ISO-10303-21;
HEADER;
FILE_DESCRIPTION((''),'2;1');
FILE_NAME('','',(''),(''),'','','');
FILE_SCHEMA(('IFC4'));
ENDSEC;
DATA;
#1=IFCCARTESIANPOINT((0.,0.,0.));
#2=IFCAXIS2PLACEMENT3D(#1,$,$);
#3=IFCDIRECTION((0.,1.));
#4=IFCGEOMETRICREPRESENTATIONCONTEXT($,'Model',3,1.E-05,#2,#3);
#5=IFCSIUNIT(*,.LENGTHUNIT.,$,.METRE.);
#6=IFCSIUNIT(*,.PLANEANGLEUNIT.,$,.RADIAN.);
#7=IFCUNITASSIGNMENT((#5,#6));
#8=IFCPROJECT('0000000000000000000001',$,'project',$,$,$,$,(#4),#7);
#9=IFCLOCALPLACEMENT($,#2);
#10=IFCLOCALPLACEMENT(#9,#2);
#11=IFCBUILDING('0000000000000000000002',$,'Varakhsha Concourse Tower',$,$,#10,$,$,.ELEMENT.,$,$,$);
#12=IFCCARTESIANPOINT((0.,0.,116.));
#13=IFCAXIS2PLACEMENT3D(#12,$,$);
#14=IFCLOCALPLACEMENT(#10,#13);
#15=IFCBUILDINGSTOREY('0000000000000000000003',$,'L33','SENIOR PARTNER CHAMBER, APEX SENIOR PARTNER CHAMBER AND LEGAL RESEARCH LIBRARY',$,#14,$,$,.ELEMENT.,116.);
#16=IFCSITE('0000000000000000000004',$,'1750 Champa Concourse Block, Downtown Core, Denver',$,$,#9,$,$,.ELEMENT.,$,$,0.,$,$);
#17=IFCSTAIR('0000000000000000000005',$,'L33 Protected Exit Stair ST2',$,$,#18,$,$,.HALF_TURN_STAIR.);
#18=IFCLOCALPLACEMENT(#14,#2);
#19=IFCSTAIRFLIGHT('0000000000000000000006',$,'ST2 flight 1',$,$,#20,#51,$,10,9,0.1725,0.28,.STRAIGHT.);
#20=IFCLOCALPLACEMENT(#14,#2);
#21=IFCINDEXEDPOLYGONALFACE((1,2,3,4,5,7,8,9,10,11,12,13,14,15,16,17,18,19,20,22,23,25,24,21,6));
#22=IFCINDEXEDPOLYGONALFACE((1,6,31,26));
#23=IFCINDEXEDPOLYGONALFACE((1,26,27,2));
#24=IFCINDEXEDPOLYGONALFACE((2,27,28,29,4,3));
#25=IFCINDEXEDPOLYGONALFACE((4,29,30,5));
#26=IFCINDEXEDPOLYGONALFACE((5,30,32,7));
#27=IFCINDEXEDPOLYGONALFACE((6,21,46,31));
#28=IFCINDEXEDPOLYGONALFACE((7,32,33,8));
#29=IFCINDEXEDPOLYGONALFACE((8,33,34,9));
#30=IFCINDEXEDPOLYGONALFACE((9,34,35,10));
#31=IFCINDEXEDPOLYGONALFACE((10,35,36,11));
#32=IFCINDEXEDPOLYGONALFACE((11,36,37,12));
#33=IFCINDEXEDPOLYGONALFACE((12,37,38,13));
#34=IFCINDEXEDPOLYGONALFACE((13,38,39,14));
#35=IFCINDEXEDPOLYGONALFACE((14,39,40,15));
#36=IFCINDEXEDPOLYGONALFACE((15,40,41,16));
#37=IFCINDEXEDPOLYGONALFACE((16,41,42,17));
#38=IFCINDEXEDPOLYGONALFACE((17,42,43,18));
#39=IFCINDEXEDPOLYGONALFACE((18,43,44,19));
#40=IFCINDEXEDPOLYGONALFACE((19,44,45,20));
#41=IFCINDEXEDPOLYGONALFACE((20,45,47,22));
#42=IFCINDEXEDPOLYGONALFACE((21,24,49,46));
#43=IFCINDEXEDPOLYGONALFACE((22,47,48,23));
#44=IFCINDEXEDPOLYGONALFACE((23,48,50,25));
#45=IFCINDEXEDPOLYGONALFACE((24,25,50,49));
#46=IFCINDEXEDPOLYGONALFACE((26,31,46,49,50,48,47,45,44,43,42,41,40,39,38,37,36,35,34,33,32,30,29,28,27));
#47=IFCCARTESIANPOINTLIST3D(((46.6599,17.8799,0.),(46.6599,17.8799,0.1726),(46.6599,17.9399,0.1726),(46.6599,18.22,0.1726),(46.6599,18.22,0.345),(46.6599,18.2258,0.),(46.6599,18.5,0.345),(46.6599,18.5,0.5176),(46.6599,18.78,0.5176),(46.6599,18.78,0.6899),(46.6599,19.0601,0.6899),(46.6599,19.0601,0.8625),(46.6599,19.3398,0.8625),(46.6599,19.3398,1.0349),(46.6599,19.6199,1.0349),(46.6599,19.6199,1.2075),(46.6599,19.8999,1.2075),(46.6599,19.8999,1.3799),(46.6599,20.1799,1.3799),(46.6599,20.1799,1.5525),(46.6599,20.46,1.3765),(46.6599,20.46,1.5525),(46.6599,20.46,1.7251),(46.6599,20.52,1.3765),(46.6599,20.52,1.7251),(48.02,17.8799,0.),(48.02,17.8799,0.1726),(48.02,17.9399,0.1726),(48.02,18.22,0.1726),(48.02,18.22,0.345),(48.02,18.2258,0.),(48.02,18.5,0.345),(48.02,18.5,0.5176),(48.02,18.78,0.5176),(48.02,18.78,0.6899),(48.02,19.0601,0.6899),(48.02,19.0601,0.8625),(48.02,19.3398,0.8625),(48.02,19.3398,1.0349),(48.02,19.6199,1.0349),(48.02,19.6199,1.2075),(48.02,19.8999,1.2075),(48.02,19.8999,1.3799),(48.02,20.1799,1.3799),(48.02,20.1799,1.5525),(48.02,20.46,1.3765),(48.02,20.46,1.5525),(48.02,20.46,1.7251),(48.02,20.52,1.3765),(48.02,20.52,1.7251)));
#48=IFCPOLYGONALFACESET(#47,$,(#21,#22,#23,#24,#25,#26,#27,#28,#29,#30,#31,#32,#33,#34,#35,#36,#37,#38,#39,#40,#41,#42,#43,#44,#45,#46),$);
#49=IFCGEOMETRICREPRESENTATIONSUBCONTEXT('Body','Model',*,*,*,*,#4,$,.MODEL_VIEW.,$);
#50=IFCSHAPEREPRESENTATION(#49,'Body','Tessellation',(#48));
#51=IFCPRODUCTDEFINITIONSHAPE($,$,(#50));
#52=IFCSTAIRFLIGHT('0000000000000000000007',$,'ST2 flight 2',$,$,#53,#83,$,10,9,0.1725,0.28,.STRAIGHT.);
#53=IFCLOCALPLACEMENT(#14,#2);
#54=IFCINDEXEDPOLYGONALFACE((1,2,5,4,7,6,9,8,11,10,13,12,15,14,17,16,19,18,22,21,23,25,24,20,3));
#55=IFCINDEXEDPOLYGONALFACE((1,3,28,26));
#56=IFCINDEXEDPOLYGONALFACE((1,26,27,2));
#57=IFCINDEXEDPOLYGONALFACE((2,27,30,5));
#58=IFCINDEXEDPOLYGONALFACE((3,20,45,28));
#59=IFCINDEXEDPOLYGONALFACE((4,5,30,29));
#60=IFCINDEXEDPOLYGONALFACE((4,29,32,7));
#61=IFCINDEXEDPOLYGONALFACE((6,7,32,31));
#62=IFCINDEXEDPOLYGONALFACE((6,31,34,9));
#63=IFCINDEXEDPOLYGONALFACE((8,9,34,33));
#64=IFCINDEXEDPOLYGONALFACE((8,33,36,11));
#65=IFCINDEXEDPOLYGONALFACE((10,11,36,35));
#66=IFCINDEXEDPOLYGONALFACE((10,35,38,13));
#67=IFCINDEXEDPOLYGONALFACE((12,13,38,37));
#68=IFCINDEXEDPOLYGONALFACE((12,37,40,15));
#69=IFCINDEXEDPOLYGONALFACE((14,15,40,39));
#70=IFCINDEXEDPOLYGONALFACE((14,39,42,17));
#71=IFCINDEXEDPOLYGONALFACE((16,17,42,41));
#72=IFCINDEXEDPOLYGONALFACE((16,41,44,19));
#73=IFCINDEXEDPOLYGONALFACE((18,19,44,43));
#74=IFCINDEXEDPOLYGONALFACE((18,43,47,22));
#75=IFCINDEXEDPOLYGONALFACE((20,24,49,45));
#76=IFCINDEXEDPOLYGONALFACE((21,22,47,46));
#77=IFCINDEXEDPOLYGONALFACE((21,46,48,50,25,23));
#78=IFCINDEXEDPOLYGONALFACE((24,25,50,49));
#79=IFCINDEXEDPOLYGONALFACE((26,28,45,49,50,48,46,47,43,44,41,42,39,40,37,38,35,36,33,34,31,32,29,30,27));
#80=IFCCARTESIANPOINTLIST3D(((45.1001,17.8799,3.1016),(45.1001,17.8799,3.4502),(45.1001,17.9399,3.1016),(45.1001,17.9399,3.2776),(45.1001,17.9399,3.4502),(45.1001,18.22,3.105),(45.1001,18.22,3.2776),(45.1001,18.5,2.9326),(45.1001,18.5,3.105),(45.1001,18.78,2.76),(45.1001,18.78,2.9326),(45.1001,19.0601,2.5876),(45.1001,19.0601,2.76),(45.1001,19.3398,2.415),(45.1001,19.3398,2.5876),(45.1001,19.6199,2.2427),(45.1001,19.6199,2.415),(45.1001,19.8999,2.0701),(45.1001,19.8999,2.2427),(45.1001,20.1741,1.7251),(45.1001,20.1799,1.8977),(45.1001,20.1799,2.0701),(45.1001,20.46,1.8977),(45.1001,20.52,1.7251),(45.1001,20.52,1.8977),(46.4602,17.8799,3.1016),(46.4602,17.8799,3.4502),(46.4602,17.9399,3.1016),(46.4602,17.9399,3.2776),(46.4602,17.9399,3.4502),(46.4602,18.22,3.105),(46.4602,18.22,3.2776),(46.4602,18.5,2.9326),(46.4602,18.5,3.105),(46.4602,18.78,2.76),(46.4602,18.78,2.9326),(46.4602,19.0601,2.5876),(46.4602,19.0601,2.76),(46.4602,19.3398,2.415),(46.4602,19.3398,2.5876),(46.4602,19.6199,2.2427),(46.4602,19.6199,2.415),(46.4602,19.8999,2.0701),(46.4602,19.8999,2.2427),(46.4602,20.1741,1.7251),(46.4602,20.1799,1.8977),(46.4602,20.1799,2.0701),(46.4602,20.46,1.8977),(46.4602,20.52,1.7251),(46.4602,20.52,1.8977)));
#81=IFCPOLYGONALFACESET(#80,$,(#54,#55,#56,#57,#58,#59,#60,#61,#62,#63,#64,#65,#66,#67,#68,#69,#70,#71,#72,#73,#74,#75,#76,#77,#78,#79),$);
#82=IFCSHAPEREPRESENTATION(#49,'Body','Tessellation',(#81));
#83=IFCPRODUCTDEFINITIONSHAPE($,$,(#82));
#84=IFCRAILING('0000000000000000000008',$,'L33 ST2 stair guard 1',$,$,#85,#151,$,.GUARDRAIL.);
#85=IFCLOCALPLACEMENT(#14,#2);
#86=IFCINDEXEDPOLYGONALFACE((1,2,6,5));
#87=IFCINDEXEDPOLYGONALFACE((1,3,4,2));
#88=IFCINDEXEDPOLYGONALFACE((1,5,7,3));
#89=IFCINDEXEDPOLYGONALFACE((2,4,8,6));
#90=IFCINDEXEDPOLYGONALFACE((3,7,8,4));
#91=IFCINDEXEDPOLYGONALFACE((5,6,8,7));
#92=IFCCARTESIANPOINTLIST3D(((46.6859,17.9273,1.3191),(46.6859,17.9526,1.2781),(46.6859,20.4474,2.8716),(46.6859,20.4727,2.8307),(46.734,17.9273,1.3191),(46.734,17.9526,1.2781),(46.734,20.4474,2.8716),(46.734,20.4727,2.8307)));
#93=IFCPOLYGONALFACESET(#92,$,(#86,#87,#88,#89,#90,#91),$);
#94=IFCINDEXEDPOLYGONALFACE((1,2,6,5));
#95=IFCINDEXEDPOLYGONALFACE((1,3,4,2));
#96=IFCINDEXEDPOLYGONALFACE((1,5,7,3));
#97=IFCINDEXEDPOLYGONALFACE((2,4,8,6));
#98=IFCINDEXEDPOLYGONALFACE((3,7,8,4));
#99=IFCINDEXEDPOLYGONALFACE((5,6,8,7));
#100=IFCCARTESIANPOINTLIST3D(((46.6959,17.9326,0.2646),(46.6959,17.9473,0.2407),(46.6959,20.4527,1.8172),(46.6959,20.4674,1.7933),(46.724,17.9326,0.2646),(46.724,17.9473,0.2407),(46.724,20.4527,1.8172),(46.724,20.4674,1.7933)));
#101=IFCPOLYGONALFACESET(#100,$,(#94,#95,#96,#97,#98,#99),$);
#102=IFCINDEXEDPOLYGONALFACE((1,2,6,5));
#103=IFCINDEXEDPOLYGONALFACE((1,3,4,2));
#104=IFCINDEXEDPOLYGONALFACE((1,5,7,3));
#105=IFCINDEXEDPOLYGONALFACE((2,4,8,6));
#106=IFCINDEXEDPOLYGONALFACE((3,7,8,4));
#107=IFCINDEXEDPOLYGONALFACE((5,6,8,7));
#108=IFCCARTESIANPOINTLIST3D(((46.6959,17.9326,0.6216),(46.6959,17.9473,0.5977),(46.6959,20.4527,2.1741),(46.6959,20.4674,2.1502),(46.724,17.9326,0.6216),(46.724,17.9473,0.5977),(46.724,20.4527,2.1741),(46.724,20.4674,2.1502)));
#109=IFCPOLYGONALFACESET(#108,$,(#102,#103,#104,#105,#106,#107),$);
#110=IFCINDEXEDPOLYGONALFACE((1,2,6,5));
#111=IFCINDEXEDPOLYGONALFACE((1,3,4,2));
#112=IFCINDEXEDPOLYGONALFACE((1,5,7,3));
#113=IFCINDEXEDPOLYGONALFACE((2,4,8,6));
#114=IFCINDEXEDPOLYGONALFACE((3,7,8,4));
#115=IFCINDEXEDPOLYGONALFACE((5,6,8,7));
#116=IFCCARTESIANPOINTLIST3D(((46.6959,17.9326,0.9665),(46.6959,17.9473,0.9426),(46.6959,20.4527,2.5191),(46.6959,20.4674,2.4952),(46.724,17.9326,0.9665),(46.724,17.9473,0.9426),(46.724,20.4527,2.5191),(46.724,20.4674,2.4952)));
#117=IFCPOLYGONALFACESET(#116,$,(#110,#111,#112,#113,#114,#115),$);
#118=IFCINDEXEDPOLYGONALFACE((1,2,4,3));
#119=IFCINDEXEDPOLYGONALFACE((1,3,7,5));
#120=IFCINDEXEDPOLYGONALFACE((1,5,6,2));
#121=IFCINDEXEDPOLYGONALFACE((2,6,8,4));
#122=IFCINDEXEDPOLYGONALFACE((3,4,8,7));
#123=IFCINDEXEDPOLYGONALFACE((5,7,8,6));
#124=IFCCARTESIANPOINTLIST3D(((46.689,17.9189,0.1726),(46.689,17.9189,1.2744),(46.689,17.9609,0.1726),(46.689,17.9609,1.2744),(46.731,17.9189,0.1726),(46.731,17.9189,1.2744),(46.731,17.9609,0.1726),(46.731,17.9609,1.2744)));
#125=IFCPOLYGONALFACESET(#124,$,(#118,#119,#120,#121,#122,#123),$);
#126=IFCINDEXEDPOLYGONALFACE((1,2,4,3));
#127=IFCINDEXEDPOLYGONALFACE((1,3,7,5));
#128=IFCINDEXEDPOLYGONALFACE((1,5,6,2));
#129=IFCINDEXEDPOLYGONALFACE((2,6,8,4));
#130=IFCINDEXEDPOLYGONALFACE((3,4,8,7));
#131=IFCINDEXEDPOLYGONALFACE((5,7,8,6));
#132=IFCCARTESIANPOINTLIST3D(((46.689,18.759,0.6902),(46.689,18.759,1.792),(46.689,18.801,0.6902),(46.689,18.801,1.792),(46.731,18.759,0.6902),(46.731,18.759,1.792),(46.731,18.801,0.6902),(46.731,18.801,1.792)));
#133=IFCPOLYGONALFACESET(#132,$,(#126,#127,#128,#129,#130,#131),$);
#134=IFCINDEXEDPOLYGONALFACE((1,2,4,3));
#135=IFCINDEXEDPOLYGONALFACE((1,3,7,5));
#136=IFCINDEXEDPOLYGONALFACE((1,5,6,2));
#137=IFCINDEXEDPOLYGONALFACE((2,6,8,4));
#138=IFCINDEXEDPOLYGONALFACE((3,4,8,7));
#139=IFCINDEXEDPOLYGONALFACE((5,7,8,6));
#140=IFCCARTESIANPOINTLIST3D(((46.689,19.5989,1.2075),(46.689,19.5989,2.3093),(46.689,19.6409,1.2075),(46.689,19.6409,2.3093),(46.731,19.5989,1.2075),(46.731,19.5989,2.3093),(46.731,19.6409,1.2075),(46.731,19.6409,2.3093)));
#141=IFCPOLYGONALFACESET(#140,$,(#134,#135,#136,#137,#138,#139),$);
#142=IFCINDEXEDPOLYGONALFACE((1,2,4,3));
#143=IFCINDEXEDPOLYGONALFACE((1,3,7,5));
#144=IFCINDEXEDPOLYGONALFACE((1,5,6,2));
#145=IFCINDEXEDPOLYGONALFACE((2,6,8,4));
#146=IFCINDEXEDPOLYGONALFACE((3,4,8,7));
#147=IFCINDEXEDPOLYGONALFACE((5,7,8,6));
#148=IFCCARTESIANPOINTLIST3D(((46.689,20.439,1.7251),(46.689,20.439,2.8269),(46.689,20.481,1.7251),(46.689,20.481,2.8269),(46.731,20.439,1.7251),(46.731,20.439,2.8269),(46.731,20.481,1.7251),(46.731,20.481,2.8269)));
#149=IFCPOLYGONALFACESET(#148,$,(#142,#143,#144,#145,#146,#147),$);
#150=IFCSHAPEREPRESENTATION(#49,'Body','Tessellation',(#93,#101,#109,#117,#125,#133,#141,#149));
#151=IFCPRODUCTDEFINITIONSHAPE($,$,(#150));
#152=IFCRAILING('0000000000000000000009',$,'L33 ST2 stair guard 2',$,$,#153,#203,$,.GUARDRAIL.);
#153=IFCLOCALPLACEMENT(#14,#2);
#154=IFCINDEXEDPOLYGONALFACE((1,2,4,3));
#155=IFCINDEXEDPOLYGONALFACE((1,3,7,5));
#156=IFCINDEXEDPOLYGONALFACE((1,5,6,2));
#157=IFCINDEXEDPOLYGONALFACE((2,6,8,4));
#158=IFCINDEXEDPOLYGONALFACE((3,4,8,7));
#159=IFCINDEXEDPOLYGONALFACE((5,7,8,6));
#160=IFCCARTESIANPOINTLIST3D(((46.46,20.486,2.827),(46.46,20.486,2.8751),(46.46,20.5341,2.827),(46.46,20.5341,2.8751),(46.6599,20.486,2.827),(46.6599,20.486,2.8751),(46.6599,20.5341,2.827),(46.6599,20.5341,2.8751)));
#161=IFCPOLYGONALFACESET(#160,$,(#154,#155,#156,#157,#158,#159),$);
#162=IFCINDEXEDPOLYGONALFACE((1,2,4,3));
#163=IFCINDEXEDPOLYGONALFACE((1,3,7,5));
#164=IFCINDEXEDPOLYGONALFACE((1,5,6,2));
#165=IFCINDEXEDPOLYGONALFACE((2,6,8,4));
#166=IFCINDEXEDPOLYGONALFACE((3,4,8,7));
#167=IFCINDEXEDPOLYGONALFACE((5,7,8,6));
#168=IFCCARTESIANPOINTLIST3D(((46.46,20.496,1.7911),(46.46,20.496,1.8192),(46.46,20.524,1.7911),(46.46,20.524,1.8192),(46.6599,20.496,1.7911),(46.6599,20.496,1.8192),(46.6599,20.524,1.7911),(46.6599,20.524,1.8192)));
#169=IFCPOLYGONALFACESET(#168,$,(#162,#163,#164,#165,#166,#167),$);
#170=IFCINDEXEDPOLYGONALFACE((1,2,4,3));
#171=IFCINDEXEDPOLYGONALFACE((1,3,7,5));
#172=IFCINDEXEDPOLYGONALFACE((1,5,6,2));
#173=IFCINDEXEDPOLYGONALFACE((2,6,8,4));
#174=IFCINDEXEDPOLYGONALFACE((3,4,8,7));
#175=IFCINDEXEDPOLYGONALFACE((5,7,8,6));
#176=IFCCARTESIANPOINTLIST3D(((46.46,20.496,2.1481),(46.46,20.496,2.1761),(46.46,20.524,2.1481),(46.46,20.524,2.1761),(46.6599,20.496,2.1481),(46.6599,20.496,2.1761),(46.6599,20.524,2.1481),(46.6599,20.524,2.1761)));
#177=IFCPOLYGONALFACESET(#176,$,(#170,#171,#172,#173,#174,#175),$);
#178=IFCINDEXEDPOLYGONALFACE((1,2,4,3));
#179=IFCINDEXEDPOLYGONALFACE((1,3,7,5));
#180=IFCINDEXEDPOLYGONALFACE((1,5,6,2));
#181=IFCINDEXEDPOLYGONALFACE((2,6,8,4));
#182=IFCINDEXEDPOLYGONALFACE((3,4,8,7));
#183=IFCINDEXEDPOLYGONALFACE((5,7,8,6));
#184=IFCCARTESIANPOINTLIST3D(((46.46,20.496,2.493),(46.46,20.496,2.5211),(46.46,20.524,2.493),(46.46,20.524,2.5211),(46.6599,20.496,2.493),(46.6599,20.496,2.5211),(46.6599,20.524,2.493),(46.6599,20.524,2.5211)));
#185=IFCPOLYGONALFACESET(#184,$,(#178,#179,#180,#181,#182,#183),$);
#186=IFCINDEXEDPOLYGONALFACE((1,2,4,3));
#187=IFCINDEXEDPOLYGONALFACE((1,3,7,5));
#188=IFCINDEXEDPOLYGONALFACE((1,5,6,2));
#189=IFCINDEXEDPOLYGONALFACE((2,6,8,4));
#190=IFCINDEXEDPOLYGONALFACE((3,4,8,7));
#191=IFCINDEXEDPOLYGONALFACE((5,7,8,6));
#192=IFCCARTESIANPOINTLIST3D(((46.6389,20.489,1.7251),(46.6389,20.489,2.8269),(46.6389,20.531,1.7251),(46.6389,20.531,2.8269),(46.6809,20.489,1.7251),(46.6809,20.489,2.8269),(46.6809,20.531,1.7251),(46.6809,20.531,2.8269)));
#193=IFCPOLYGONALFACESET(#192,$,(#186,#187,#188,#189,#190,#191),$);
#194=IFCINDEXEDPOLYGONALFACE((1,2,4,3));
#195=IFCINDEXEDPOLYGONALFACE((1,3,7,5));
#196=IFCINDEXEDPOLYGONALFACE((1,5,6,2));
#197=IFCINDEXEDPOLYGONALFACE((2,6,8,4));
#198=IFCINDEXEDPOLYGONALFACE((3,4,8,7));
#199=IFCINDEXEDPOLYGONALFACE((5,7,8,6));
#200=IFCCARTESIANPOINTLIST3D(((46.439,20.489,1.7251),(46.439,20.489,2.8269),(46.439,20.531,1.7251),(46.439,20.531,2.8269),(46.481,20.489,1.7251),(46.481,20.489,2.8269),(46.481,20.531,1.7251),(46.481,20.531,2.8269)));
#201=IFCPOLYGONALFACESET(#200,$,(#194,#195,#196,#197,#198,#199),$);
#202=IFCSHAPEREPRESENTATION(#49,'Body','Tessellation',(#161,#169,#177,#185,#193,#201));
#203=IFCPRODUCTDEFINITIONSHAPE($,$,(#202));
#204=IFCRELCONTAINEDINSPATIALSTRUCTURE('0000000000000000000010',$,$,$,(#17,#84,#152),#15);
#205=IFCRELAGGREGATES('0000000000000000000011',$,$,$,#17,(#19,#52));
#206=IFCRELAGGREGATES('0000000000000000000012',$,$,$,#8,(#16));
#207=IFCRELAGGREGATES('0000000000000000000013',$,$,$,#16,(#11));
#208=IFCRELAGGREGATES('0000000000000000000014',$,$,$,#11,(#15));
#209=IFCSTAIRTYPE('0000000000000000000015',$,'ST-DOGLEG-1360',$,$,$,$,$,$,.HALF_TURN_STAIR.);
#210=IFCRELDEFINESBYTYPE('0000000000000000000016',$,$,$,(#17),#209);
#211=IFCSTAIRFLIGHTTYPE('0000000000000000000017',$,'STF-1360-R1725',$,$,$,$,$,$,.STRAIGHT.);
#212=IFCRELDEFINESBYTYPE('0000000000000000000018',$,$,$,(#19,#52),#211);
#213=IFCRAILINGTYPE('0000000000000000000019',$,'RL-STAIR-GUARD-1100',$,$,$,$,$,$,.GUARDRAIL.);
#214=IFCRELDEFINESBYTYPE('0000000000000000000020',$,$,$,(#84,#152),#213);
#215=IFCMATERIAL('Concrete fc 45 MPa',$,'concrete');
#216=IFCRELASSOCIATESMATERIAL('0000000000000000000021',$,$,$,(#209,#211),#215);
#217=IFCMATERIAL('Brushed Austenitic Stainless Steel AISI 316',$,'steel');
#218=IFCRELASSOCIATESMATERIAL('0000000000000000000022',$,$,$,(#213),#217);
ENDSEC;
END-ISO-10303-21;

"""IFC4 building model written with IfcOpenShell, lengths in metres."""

from ifc_helpers import new_model, si_unit, direction, frame, origin, origin_2d, place, context, subcontext, project, spatial, polyline, rectangle, outline, extrude, material, type_object, element, aggregate, save


model = new_model("IFC4")

# Units and contexts
model_context = context("Model", 3, precision=1e-05, world=origin(), true_north=direction((0.0, 1.0)))
body_context = subcontext(model_context, "Body", "Model", "MODEL_VIEW")
ifc_project = project(units=[si_unit("LENGTHUNIT", "METRE"), si_unit("PLANEANGLEUNIT", "RADIAN")], contexts=[model_context])

# Site, building, storey
site_placement = place(None, origin())
site = spatial("IfcSite", under=ifc_project, at=site_placement, Name="1750 Champa Concourse Block, Downtown Core, Denver", CompositionType="ELEMENT", RefElevation=0.0)
building_placement = place(site_placement, origin())
building = spatial("IfcBuilding", under=site, at=building_placement, Name="Varakhsha Concourse Tower", CompositionType="ELEMENT")
storey_placement = place(building_placement, frame((0.0, 0.0, 116.0)))
storey = spatial("IfcBuildingStorey", under=building, at=storey_placement, Name="L33", Description="SENIOR PARTNER CHAMBER, APEX SENIOR PARTNER CHAMBER AND LEGAL RESEARCH LIBRARY", CompositionType="ELEMENT", Elevation=116.0)

# Stair, stair flights
ifc_material_1 = material(Name="Concrete fc 45 MPa", Category="concrete")
stair_type = type_object("IfcStairType", Name="ST-DOGLEG-1360", PredefinedType="HALF_TURN_STAIR", material=ifc_material_1)
stair_placement = place(storey_placement, origin())
stair = element("IfcStair", 1, at=stair_placement, inside=storey, type_object=stair_type, Name="L33 Protected Exit Stair ST2", PredefinedType="HALF_TURN_STAIR")
stair_flight_type = type_object("IfcStairFlightType", Name="STF-1360-R1725", PredefinedType="STRAIGHT", material=ifc_material_1)
stair_flight_1_placement = place(storey_placement, frame((47.3401, 17.9399, 0.0), z_axis=(0.0, 0.0, 1.0), x_axis=(0.0, 1.0, 0.0)))
stair_flight_1 = element("IfcStairFlight", 2, at=stair_flight_1_placement, type_object=stair_flight_type, Name="ST2 flight 1", NumberOfRisers=10, NumberOfTreads=9, PredefinedType="STRAIGHT", RiserHeight=0.1725, TreadLength=0.28, context=body_context, shape_type="SweptSolid", body=[
    extrude(outline(polyline([(-0.0601, 0.0), (-0.0601, 0.1726), (0.0, 0.1726), (0.28, 0.1726), (0.28, 0.345), (0.5601, 0.345), (0.5601, 0.5176), (0.8401, 0.5176), (0.8401, 0.6899), (1.1201, 0.6899), (1.1201, 0.8625), (1.3999, 0.8625), (1.3999, 1.0349), (1.6799, 1.0349), (1.6799, 1.2075), (1.96, 1.2075), (1.96, 1.3799), (2.24, 1.3799), (2.24, 1.5525), (2.52, 1.5525), (2.52, 1.7251), (2.5801, 1.7251), (2.5801, 1.3765), (2.52, 1.3765), (0.2859, 0.0), (-0.0601, 0.0)])), frame((0.0, 0.6802, 0.0), z_axis=(0.0, -1.0, 0.0), x_axis=(1.0, 0.0, 0.0)), (0.0, 0.0, 1.0), 1.3601),
])
stair_flight_2_placement = place(storey_placement, frame((45.78, 20.46, 1.7251), z_axis=(0.0, 0.0, 1.0), x_axis=(0.0, -1.0, 0.0)))
stair_flight_2 = element("IfcStairFlight", 3, at=stair_flight_2_placement, type_object=stair_flight_type, Name="ST2 flight 2", NumberOfRisers=10, NumberOfTreads=9, PredefinedType="STRAIGHT", RiserHeight=0.1725, TreadLength=0.28, context=body_context, shape_type="SweptSolid", body=[
    extrude(outline(polyline([(-0.0601, 0.0), (-0.0601, 0.1726), (0.0, 0.1726), (0.28, 0.1726), (0.28, 0.345), (0.5601, 0.345), (0.5601, 0.5176), (0.8401, 0.5176), (0.8401, 0.6899), (1.1201, 0.6899), (1.1201, 0.8625), (1.3999, 0.8625), (1.3999, 1.0349), (1.6799, 1.0349), (1.6799, 1.2075), (1.96, 1.2075), (1.96, 1.3799), (2.24, 1.3799), (2.24, 1.5525), (2.52, 1.5525), (2.52, 1.7251), (2.5801, 1.7251), (2.5801, 1.3765), (2.52, 1.3765), (0.2859, 0.0), (-0.0601, 0.0)])), frame((0.0, 0.6802, 0.0), z_axis=(0.0, -1.0, 0.0), x_axis=(1.0, 0.0, 0.0)), (0.0, 0.0, 1.0), 1.3601),
])
aggregate(stair, [stair_flight_1, stair_flight_2])

# Railings
ifc_material_2 = material(Name="Brushed Austenitic Stainless Steel AISI 316", Category="steel")
railing_type_1 = type_object("IfcRailingType", Name="RL-STAIR-GUARD-1100", PredefinedType="GUARDRAIL", material=ifc_material_2)
railing_1_placement = place(storey_placement, frame((46.71, 17.9399, 0.1726)))
element("IfcRailing", 4, at=railing_1_placement, inside=storey, type_object=railing_type_1, Name="L33 ST2 stair guard 1", PredefinedType="GUARDRAIL", context=body_context, shape_type="SweptSolid", body=[
    extrude(rectangle(XDim=0.0481, YDim=0.0481, at=origin_2d()), frame((0.0, 0.0, 1.126), z_axis=(0.0, 0.8514, 0.524516), x_axis=(-1.0, 0.0, 0.0)), (0.0, 0.0, 1.0), 2.96),
    extrude(rectangle(XDim=0.0281, YDim=0.0281, at=origin_2d()), frame((0.0, 0.0, 0.0801), z_axis=(0.0, 0.8514, 0.524516), x_axis=(-1.0, 0.0, 0.0)), (0.0, 0.0, 1.0), 2.96),
    extrude(rectangle(XDim=0.0281, YDim=0.0281, at=origin_2d()), frame((0.0, 0.0, 0.437), z_axis=(0.0, 0.8514, 0.524516), x_axis=(-1.0, 0.0, 0.0)), (0.0, 0.0, 1.0), 2.96),
    extrude(rectangle(XDim=0.0281, YDim=0.0281, at=origin_2d()), frame((0.0, 0.0, 0.782), z_axis=(0.0, 0.8514, 0.524516), x_axis=(-1.0, 0.0, 0.0)), (0.0, 0.0, 1.0), 2.96),
    extrude(rectangle(XDim=0.042, YDim=0.042, at=origin_2d()), origin(), (0.0, 0.0, 1.0), 1.1018),
    extrude(rectangle(XDim=0.042, YDim=0.042, at=origin_2d()), frame((0.0, 0.8401, 0.5176)), (0.0, 0.0, 1.0), 1.1018),
    extrude(rectangle(XDim=0.042, YDim=0.042, at=origin_2d()), frame((0.0, 1.6799, 1.0349)), (0.0, 0.0, 1.0), 1.1018),
    extrude(rectangle(XDim=0.042, YDim=0.042, at=origin_2d()), frame((0.0, 2.52, 1.5525)), (0.0, 0.0, 1.0), 1.1018),
])
railing_2_placement = place(storey_placement, frame((46.6599, 20.51, 1.7251)))
element("IfcRailing", 5, at=railing_2_placement, inside=storey, type_object=railing_type_1, Name="L33 ST2 stair guard 2", PredefinedType="GUARDRAIL", context=body_context, shape_type="SweptSolid", body=[
    extrude(rectangle(XDim=0.0481, YDim=0.0481, at=origin_2d()), frame((0.0, 0.0, 1.126), z_axis=(-1.0, 0.0, 0.0), x_axis=(0.0, -1.0, 0.0)), (0.0, 0.0, 1.0), 0.2),
    extrude(rectangle(XDim=0.0281, YDim=0.0281, at=origin_2d()), frame((0.0, 0.0, 0.0801), z_axis=(-1.0, 0.0, 0.0), x_axis=(0.0, -1.0, 0.0)), (0.0, 0.0, 1.0), 0.2),
    extrude(rectangle(XDim=0.0281, YDim=0.0281, at=origin_2d()), frame((0.0, 0.0, 0.437), z_axis=(-1.0, 0.0, 0.0), x_axis=(0.0, -1.0, 0.0)), (0.0, 0.0, 1.0), 0.2),
    extrude(rectangle(XDim=0.0281, YDim=0.0281, at=origin_2d()), frame((0.0, 0.0, 0.782), z_axis=(-1.0, 0.0, 0.0), x_axis=(0.0, -1.0, 0.0)), (0.0, 0.0, 1.0), 0.2),
    extrude(rectangle(XDim=0.042, YDim=0.042, at=origin_2d()), origin(), (0.0, 0.0, 1.0), 1.1018),
    extrude(rectangle(XDim=0.042, YDim=0.042, at=origin_2d()), frame((-0.2, 0.0, 0.0)), (0.0, 0.0, 1.0), 1.1018),
])

save(model, "model.ifc")
